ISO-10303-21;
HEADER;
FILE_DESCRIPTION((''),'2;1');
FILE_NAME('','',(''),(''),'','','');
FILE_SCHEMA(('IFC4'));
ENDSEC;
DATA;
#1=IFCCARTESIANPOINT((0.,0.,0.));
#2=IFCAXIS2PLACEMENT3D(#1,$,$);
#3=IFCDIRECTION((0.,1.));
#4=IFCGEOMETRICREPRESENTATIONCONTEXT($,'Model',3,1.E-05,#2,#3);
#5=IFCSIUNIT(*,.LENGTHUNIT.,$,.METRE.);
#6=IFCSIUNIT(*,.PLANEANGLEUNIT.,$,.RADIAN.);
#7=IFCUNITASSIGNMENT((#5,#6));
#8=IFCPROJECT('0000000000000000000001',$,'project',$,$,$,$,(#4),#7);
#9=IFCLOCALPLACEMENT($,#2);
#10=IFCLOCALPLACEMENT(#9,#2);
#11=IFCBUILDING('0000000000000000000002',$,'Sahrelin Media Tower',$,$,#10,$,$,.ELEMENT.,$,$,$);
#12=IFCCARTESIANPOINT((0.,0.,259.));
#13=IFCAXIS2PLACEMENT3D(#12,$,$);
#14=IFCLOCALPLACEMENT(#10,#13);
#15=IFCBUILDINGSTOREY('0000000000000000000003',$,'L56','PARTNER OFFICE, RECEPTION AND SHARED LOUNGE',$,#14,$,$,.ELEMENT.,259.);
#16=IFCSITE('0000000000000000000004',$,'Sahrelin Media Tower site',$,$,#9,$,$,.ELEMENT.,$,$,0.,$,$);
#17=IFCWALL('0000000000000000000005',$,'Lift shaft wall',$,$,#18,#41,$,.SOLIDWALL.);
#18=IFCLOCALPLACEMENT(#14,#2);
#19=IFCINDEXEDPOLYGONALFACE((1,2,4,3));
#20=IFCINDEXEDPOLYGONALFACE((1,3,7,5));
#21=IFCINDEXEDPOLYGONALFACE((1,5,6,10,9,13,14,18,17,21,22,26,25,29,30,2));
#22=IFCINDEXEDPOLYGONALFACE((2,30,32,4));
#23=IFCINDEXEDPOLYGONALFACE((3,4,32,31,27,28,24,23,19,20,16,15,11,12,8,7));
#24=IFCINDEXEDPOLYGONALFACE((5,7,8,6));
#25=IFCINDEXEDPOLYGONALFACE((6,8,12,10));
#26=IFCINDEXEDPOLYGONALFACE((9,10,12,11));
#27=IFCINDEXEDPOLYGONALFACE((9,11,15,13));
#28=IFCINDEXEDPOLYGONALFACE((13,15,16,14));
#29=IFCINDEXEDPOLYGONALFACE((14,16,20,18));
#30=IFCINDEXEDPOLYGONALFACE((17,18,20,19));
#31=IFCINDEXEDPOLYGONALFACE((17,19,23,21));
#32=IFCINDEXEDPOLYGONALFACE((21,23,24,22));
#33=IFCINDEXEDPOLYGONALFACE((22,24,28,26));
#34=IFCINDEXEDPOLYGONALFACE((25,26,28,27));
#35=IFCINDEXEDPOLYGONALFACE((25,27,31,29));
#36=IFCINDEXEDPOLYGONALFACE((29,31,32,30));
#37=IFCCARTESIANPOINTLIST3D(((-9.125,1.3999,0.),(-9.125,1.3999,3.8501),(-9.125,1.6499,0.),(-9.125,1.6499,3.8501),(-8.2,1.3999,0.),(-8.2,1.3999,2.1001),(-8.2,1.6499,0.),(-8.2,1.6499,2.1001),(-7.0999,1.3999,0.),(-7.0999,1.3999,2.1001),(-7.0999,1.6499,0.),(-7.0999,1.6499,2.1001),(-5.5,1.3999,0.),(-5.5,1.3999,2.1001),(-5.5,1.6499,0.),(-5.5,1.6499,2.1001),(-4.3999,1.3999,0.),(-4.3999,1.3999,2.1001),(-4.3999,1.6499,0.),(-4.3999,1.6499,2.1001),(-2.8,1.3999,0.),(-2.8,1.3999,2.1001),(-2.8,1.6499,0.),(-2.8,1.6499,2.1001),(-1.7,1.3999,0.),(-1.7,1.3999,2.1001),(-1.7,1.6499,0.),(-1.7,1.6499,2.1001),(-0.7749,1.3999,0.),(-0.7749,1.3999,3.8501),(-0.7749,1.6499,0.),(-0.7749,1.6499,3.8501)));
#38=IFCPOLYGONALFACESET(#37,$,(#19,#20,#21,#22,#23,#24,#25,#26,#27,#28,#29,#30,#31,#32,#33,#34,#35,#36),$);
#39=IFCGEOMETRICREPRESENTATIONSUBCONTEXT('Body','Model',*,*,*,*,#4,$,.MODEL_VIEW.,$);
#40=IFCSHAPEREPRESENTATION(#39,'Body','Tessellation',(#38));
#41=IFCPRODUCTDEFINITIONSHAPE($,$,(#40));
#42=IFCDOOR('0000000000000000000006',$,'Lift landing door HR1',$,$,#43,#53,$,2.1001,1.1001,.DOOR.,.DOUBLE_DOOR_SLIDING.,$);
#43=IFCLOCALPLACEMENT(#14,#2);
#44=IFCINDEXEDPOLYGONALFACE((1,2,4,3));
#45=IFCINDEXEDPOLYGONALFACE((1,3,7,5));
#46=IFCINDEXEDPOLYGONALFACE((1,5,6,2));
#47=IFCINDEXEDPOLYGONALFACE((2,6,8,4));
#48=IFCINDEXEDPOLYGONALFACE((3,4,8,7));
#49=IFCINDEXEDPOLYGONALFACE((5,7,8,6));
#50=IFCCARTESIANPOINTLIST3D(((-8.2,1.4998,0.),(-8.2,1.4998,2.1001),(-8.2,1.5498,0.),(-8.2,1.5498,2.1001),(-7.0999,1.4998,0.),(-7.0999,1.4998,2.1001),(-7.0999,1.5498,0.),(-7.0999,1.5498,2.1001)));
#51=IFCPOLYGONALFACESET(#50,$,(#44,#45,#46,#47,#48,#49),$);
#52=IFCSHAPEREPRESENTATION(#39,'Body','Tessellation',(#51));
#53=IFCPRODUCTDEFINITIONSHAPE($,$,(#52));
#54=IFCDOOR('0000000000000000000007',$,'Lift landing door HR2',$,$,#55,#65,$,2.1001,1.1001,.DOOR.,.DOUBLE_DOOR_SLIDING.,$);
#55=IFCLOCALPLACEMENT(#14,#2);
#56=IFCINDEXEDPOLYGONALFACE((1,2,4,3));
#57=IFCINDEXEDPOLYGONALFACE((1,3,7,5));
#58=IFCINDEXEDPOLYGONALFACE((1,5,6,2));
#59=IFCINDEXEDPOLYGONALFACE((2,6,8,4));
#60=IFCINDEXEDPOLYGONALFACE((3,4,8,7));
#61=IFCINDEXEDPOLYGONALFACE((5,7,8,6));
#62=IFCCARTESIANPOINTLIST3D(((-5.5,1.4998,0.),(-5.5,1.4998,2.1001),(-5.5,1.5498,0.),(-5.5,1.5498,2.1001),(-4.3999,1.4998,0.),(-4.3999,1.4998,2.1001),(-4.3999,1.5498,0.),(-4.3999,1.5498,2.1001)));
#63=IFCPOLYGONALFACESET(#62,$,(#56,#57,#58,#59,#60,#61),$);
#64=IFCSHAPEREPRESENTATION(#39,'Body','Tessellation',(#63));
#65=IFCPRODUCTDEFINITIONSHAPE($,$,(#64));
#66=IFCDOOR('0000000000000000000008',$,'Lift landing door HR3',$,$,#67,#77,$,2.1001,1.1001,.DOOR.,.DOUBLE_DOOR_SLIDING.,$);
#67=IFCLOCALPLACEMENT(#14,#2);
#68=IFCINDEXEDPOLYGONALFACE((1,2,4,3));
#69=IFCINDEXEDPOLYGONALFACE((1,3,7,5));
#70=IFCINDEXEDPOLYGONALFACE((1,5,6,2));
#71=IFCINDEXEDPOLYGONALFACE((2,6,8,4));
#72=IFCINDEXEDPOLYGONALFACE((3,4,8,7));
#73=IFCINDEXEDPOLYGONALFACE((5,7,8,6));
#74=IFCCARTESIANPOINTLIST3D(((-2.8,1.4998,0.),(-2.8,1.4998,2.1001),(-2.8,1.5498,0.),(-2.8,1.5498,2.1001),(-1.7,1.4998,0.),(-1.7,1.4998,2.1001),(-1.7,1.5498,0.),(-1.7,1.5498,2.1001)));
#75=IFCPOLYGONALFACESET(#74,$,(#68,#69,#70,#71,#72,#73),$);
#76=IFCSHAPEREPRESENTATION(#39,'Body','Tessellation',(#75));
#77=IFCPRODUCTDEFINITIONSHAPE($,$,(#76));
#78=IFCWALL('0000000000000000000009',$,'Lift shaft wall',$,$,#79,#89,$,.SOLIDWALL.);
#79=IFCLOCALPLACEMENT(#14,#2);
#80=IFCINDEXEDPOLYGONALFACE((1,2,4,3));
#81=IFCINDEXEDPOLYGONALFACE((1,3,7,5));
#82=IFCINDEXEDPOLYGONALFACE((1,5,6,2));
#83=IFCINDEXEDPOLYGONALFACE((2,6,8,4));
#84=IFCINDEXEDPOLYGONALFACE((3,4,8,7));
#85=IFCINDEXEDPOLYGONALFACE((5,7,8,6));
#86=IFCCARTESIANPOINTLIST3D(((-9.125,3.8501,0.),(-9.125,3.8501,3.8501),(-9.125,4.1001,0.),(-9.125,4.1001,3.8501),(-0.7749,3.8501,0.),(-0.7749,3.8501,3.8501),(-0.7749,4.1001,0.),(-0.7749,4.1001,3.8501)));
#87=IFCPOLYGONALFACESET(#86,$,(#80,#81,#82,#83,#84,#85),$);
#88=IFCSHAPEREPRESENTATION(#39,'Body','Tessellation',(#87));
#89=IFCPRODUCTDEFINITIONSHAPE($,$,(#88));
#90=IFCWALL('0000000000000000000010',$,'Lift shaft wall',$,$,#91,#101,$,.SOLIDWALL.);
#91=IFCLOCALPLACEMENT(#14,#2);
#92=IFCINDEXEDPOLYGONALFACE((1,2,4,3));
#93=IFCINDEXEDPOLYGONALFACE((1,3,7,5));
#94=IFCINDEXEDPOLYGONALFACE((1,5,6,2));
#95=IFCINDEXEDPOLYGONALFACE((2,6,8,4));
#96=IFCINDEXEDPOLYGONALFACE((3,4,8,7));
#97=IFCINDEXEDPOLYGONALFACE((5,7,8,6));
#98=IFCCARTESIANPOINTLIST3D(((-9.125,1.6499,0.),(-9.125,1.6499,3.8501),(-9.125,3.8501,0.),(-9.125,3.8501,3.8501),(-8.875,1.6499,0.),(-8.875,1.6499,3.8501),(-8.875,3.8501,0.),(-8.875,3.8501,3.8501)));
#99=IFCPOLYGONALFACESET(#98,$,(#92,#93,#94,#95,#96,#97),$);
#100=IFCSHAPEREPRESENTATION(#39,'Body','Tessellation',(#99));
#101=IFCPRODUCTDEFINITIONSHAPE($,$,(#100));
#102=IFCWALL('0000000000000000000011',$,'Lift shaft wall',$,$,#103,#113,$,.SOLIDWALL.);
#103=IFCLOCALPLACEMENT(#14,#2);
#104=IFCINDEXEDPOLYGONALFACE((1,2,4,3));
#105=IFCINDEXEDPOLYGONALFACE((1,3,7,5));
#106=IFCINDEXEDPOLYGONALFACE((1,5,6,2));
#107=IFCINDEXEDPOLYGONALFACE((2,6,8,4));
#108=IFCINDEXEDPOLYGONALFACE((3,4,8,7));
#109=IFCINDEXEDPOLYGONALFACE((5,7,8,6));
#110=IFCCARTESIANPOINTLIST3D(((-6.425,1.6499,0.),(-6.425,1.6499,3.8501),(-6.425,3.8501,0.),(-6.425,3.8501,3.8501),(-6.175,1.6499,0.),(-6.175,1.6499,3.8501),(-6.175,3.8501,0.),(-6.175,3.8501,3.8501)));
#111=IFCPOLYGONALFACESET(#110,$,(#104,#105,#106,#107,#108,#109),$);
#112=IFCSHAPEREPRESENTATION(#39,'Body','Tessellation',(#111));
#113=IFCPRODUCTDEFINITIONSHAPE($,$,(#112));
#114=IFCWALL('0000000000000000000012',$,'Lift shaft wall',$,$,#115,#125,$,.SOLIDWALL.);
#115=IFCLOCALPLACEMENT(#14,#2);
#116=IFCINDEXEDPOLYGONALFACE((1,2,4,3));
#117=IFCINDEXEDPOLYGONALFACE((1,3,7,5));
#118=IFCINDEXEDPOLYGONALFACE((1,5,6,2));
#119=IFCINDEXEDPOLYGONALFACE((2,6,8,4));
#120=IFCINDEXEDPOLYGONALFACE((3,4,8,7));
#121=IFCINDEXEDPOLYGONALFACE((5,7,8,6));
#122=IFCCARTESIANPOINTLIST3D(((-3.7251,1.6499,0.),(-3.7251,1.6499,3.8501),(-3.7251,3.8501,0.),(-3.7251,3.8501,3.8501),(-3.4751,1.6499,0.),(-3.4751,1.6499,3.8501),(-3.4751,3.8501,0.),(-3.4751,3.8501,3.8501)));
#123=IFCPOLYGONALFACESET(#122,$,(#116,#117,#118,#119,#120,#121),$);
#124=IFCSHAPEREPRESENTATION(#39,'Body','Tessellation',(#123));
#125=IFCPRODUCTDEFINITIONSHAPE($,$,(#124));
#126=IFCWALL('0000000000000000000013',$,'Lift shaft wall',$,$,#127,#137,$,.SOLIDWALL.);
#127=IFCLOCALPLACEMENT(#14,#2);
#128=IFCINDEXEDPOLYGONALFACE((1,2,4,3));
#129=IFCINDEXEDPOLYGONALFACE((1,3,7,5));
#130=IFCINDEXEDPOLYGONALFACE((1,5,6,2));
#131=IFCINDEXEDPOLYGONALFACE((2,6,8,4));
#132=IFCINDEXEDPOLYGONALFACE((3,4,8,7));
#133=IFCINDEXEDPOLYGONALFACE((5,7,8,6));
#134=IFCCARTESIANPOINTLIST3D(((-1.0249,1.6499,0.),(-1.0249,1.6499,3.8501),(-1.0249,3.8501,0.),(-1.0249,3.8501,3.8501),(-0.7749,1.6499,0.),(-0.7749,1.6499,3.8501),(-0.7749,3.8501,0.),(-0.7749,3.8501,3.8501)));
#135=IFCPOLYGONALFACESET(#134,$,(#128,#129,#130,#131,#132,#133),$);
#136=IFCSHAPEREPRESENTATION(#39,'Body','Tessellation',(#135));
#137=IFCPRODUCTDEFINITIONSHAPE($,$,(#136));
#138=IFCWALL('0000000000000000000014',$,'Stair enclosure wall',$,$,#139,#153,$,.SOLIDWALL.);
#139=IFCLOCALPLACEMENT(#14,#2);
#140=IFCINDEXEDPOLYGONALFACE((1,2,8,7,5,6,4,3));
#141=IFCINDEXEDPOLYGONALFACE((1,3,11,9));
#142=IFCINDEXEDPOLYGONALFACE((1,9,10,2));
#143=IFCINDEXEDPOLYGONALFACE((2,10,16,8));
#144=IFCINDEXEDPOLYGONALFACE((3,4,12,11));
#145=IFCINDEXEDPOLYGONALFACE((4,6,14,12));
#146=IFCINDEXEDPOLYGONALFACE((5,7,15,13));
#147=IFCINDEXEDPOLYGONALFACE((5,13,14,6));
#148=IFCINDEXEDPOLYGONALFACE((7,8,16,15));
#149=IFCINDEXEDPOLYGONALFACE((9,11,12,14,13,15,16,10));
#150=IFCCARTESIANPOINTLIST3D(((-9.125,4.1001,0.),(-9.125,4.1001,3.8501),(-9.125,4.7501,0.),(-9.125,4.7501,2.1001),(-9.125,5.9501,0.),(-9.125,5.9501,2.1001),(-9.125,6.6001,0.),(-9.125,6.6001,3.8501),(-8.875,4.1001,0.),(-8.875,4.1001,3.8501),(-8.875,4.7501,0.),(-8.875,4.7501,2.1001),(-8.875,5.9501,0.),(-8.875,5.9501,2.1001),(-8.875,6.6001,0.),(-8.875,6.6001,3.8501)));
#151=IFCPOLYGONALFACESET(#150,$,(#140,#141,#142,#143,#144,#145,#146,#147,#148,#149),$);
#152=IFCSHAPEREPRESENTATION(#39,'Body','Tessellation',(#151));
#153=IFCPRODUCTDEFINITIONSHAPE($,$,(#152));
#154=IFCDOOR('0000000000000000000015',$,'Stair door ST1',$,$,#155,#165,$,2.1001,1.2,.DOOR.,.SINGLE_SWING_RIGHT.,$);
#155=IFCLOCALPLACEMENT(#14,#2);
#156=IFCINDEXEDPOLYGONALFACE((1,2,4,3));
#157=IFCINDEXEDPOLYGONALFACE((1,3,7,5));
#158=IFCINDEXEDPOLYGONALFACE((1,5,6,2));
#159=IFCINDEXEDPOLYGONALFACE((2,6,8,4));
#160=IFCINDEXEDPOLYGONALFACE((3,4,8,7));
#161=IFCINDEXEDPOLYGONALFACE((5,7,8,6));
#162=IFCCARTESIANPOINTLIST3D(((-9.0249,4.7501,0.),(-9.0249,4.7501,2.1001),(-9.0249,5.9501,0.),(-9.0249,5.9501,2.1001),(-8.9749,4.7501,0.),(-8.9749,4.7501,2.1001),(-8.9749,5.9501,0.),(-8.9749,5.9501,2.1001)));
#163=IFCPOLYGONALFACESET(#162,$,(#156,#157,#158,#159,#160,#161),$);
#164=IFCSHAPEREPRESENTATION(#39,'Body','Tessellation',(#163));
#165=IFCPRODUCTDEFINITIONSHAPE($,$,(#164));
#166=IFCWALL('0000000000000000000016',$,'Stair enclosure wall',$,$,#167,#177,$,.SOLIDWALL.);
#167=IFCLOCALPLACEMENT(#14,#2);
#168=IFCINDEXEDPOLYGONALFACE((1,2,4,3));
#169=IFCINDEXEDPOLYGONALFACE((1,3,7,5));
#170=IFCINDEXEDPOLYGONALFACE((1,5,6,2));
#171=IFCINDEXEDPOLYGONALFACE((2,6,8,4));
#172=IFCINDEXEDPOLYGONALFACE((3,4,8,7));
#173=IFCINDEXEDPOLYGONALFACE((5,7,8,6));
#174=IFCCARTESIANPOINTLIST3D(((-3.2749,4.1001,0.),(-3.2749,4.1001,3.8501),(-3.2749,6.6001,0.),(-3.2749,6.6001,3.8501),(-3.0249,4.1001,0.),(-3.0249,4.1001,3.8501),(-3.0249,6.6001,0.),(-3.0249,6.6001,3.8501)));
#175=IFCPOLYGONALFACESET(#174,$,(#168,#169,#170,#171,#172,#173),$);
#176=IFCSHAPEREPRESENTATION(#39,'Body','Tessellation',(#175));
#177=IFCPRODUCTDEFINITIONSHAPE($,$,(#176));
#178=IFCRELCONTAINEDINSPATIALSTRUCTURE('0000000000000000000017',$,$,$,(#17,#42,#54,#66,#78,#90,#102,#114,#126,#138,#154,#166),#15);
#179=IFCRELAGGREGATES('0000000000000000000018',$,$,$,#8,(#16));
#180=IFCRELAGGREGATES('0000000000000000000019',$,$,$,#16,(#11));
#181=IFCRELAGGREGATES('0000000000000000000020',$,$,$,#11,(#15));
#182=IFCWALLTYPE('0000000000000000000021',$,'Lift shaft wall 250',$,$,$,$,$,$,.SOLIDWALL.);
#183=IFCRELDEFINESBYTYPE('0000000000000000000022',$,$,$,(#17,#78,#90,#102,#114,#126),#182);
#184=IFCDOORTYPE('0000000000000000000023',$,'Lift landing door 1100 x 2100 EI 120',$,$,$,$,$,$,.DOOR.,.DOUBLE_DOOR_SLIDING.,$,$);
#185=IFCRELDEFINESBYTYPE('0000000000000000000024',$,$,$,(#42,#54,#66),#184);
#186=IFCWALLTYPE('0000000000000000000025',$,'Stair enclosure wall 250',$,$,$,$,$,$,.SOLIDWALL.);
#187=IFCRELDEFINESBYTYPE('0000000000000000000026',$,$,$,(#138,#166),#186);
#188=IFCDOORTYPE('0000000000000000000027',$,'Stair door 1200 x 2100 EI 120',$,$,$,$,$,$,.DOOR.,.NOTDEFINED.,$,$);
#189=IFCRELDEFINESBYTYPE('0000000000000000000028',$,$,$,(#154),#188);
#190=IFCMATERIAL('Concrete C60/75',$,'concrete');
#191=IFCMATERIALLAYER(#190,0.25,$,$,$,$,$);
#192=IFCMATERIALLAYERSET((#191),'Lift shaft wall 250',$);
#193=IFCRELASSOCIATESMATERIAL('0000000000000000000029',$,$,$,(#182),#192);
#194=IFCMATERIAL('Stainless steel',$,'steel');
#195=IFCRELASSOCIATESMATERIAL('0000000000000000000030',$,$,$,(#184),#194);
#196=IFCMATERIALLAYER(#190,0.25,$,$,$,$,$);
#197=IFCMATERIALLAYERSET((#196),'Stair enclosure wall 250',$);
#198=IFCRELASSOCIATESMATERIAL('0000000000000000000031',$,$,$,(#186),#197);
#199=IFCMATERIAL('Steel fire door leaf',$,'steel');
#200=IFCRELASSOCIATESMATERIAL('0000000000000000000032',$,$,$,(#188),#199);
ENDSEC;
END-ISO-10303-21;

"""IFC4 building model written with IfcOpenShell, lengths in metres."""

from ifc_helpers import new_model, si_unit, direction, frame, frame_2d, origin, place, context, subcontext, project, spatial, rectangle, extrude, material, layer, layer_set, type_object, element, fill, save


model = new_model("IFC4")

# Units and contexts
model_context = context("Model", 3, precision=1e-05, world=origin(), true_north=direction((0.0, 1.0)))
body_context = subcontext(model_context, "Body", "Model", "MODEL_VIEW")
ifc_project = project(units=[si_unit("LENGTHUNIT", "METRE"), si_unit("PLANEANGLEUNIT", "RADIAN")], contexts=[model_context])

# Site, building, storey
site_placement = place(None, origin())
site = spatial("IfcSite", under=ifc_project, at=site_placement, Name="Sahrelin Media Tower site", CompositionType="ELEMENT", RefElevation=0.0)
building_placement = place(site_placement, origin())
building = spatial("IfcBuilding", under=site, at=building_placement, Name="Sahrelin Media Tower", CompositionType="ELEMENT")
storey_placement = place(building_placement, frame((0.0, 0.0, 259.0)))
storey = spatial("IfcBuildingStorey", under=building, at=storey_placement, Name="L56", Description="PARTNER OFFICE, RECEPTION AND SHARED LOUNGE", CompositionType="ELEMENT", Elevation=259.0)

# Shared definitions
ifc_material_1 = material(Name="Concrete C60/75", Category="concrete")

# Shared definitions
ifc_material_2 = material(Name="Steel fire door leaf", Category="steel")

# Wall, openings, doors
ifc_layer_1 = layer(ifc_material_1, 0.25)
ifc_layer_set_1 = layer_set([ifc_layer_1], Name="Lift shaft wall 250")
wall_type_1 = type_object("IfcWallType", Name="Lift shaft wall 250", PredefinedType="SOLIDWALL", material=ifc_layer_set_1)
wall_1_placement = place(storey_placement, frame((-9.125, 1.5249, 0.0), z_axis=(0.0, 0.0, 1.0), x_axis=(1.0, 0.0, 0.0)))
wall_1 = element("IfcWall", 1, at=wall_1_placement, inside=storey, type_object=wall_type_1, Name="Lift shaft wall", PredefinedType="SOLIDWALL", context=body_context, shape_type="SweptSolid", body=[
    extrude(rectangle(XDim=8.3501, YDim=0.25, at=frame_2d((4.175, 0.0))), origin(), (0.0, 0.0, 1.0), 3.8501),
])
opening_1_placement = place(wall_1_placement, frame((0.925, 0.0, 0.0)))
opening_1 = element("IfcOpeningElement", 2, at=opening_1_placement, cuts=wall_1, PredefinedType="OPENING", context=body_context, shape_type="SweptSolid", body=[
    extrude(rectangle(XDim=1.1001, YDim=2.1001, at=frame_2d((0.55, 1.05))), frame((0.0, 0.125, 0.0), z_axis=(0.0, -1.0, 0.0), x_axis=(1.0, 0.0, 0.0)), (0.0, 0.0, 1.0), 0.25),
])
opening_2_placement = place(wall_1_placement, frame((3.625, 0.0, 0.0)))
opening_2 = element("IfcOpeningElement", 3, at=opening_2_placement, cuts=wall_1, PredefinedType="OPENING", context=body_context, shape_type="SweptSolid", body=[
    extrude(rectangle(XDim=1.1001, YDim=2.1001, at=frame_2d((0.55, 1.05))), frame((0.0, 0.125, 0.0), z_axis=(0.0, -1.0, 0.0), x_axis=(1.0, 0.0, 0.0)), (0.0, 0.0, 1.0), 0.25),
])
opening_3_placement = place(wall_1_placement, frame((6.325, 0.0, 0.0)))
opening_3 = element("IfcOpeningElement", 4, at=opening_3_placement, cuts=wall_1, PredefinedType="OPENING", context=body_context, shape_type="SweptSolid", body=[
    extrude(rectangle(XDim=1.1001, YDim=2.1001, at=frame_2d((0.55, 1.05))), frame((0.0, 0.125, 0.0), z_axis=(0.0, -1.0, 0.0), x_axis=(1.0, 0.0, 0.0)), (0.0, 0.0, 1.0), 0.25),
])
ifc_material_3 = material(Name="Stainless steel", Category="steel")
door_type_1 = type_object("IfcDoorType", Name="Lift landing door 1100 x 2100 EI 120", OperationType="DOUBLE_DOOR_SLIDING", PredefinedType="DOOR", material=ifc_material_3)
door_1_placement = place(opening_1_placement, origin())
door_1 = element("IfcDoor", 5, at=door_1_placement, inside=storey, type_object=door_type_1, Name="Lift landing door HR1", OperationType="DOUBLE_DOOR_SLIDING", OverallHeight=2.1001, OverallWidth=1.1001, PredefinedType="DOOR", context=body_context, shape_type="SweptSolid", body=[
    extrude(rectangle(XDim=1.1001, YDim=2.1001, at=frame_2d((0.55, 1.05))), frame((0.0, 0.0249, 0.0), z_axis=(0.0, -1.0, 0.0), x_axis=(1.0, 0.0, 0.0)), (0.0, 0.0, 1.0), 0.05),
])
fill(opening_1, door_1)
door_2_placement = place(opening_2_placement, origin())
door_2 = element("IfcDoor", 6, at=door_2_placement, inside=storey, type_object=door_type_1, Name="Lift landing door HR2", OperationType="DOUBLE_DOOR_SLIDING", OverallHeight=2.1001, OverallWidth=1.1001, PredefinedType="DOOR", context=body_context, shape_type="SweptSolid", body=[
    extrude(rectangle(XDim=1.1001, YDim=2.1001, at=frame_2d((0.55, 1.05))), frame((0.0, 0.0249, 0.0), z_axis=(0.0, -1.0, 0.0), x_axis=(1.0, 0.0, 0.0)), (0.0, 0.0, 1.0), 0.05),
])
fill(opening_2, door_2)
door_3_placement = place(opening_3_placement, origin())
door_3 = element("IfcDoor", 7, at=door_3_placement, inside=storey, type_object=door_type_1, Name="Lift landing door HR3", OperationType="DOUBLE_DOOR_SLIDING", OverallHeight=2.1001, OverallWidth=1.1001, PredefinedType="DOOR", context=body_context, shape_type="SweptSolid", body=[
    extrude(rectangle(XDim=1.1001, YDim=2.1001, at=frame_2d((0.55, 1.05))), frame((0.0, 0.0249, 0.0), z_axis=(0.0, -1.0, 0.0), x_axis=(1.0, 0.0, 0.0)), (0.0, 0.0, 1.0), 0.05),
])
fill(opening_3, door_3)

# Walls
wall_2_placement = place(storey_placement, frame((-9.125, 3.9751, 0.0), z_axis=(0.0, 0.0, 1.0), x_axis=(1.0, 0.0, 0.0)))
element("IfcWall", 8, at=wall_2_placement, inside=storey, type_object=wall_type_1, Name="Lift shaft wall", PredefinedType="SOLIDWALL", context=body_context, shape_type="SweptSolid", body=[
    extrude(rectangle(XDim=8.3501, YDim=0.25, at=frame_2d((4.175, 0.0))), origin(), (0.0, 0.0, 1.0), 3.8501),
])
for number, where, z_axis, x_axis, name in (
    (9, (-9.0, 1.6499, 0.0), (0.0, 0.0, 1.0), (0.0, 1.0, 0.0), "Lift shaft wall"),
    (10, (-6.3, 1.6499, 0.0), (0.0, 0.0, 1.0), (0.0, 1.0, 0.0), "Lift shaft wall"),
    (11, (-3.6001, 1.6499, 0.0), (0.0, 0.0, 1.0), (0.0, 1.0, 0.0), "Lift shaft wall"),
    (12, (-0.8999, 1.6499, 0.0), (0.0, 0.0, 1.0), (0.0, 1.0, 0.0), "Lift shaft wall"),
):
    element("IfcWall", number, at=place(storey_placement, frame(where, z_axis=z_axis, x_axis=x_axis)), inside=storey, type_object=wall_type_1, Name=name, PredefinedType="SOLIDWALL", context=body_context, shape_type="SweptSolid", body=[
        extrude(rectangle(XDim=2.2002, YDim=0.25, at=frame_2d((1.1001, 0.0))), origin(), (0.0, 0.0, 1.0), 3.8501),
    ])

# Wall, opening, door
ifc_layer_2 = layer(ifc_material_1, 0.25)
ifc_layer_set_2 = layer_set([ifc_layer_2], Name="Stair enclosure wall 250")
wall_type_2 = type_object("IfcWallType", Name="Stair enclosure wall 250", PredefinedType="SOLIDWALL", material=ifc_layer_set_2)
wall_3_placement = place(storey_placement, frame((-9.0, 4.1001, 0.0), z_axis=(0.0, 0.0, 1.0), x_axis=(0.0, 1.0, 0.0)))
wall_3 = element("IfcWall", 13, at=wall_3_placement, inside=storey, type_object=wall_type_2, Name="Stair enclosure wall", PredefinedType="SOLIDWALL", context=body_context, shape_type="SweptSolid", body=[
    extrude(rectangle(XDim=2.5, YDim=0.25, at=frame_2d((1.25, 0.0))), origin(), (0.0, 0.0, 1.0), 3.8501),
])
opening_4_placement = place(wall_3_placement, frame((0.6499, 0.0, 0.0)))
opening_4 = element("IfcOpeningElement", 14, at=opening_4_placement, cuts=wall_3, PredefinedType="OPENING", context=body_context, shape_type="SweptSolid", body=[
    extrude(rectangle(XDim=1.2, YDim=2.1001, at=frame_2d((0.6001, 1.05))), frame((0.0, 0.125, 0.0), z_axis=(0.0, -1.0, 0.0), x_axis=(1.0, 0.0, 0.0)), (0.0, 0.0, 1.0), 0.25),
])
door_type_2 = type_object("IfcDoorType", Name="Stair door 1200 x 2100 EI 120", OperationType="NOTDEFINED", PredefinedType="DOOR", material=ifc_material_2)
door_4_placement = place(opening_4_placement, origin())
door_4 = element("IfcDoor", 15, at=door_4_placement, inside=storey, type_object=door_type_2, Name="Stair door ST1", OperationType="SINGLE_SWING_RIGHT", OverallHeight=2.1001, OverallWidth=1.2, PredefinedType="DOOR", context=body_context, shape_type="SweptSolid", body=[
    extrude(rectangle(XDim=1.2, YDim=2.1001, at=frame_2d((0.6001, 1.05))), frame((0.0, 0.0249, 0.0), z_axis=(0.0, -1.0, 0.0), x_axis=(1.0, 0.0, 0.0)), (0.0, 0.0, 1.0), 0.05),
])
fill(opening_4, door_4)

# Wall
wall_4_placement = place(storey_placement, frame((-3.1499, 4.1001, 0.0), z_axis=(0.0, 0.0, 1.0), x_axis=(0.0, 1.0, 0.0)))
element("IfcWall", 16, at=wall_4_placement, inside=storey, type_object=wall_type_2, Name="Stair enclosure wall", PredefinedType="SOLIDWALL", context=body_context, shape_type="SweptSolid", body=[
    extrude(rectangle(XDim=2.5, YDim=0.25, at=frame_2d((1.25, 0.0))), origin(), (0.0, 0.0, 1.0), 3.8501),
])

save(model, "model.ifc")
